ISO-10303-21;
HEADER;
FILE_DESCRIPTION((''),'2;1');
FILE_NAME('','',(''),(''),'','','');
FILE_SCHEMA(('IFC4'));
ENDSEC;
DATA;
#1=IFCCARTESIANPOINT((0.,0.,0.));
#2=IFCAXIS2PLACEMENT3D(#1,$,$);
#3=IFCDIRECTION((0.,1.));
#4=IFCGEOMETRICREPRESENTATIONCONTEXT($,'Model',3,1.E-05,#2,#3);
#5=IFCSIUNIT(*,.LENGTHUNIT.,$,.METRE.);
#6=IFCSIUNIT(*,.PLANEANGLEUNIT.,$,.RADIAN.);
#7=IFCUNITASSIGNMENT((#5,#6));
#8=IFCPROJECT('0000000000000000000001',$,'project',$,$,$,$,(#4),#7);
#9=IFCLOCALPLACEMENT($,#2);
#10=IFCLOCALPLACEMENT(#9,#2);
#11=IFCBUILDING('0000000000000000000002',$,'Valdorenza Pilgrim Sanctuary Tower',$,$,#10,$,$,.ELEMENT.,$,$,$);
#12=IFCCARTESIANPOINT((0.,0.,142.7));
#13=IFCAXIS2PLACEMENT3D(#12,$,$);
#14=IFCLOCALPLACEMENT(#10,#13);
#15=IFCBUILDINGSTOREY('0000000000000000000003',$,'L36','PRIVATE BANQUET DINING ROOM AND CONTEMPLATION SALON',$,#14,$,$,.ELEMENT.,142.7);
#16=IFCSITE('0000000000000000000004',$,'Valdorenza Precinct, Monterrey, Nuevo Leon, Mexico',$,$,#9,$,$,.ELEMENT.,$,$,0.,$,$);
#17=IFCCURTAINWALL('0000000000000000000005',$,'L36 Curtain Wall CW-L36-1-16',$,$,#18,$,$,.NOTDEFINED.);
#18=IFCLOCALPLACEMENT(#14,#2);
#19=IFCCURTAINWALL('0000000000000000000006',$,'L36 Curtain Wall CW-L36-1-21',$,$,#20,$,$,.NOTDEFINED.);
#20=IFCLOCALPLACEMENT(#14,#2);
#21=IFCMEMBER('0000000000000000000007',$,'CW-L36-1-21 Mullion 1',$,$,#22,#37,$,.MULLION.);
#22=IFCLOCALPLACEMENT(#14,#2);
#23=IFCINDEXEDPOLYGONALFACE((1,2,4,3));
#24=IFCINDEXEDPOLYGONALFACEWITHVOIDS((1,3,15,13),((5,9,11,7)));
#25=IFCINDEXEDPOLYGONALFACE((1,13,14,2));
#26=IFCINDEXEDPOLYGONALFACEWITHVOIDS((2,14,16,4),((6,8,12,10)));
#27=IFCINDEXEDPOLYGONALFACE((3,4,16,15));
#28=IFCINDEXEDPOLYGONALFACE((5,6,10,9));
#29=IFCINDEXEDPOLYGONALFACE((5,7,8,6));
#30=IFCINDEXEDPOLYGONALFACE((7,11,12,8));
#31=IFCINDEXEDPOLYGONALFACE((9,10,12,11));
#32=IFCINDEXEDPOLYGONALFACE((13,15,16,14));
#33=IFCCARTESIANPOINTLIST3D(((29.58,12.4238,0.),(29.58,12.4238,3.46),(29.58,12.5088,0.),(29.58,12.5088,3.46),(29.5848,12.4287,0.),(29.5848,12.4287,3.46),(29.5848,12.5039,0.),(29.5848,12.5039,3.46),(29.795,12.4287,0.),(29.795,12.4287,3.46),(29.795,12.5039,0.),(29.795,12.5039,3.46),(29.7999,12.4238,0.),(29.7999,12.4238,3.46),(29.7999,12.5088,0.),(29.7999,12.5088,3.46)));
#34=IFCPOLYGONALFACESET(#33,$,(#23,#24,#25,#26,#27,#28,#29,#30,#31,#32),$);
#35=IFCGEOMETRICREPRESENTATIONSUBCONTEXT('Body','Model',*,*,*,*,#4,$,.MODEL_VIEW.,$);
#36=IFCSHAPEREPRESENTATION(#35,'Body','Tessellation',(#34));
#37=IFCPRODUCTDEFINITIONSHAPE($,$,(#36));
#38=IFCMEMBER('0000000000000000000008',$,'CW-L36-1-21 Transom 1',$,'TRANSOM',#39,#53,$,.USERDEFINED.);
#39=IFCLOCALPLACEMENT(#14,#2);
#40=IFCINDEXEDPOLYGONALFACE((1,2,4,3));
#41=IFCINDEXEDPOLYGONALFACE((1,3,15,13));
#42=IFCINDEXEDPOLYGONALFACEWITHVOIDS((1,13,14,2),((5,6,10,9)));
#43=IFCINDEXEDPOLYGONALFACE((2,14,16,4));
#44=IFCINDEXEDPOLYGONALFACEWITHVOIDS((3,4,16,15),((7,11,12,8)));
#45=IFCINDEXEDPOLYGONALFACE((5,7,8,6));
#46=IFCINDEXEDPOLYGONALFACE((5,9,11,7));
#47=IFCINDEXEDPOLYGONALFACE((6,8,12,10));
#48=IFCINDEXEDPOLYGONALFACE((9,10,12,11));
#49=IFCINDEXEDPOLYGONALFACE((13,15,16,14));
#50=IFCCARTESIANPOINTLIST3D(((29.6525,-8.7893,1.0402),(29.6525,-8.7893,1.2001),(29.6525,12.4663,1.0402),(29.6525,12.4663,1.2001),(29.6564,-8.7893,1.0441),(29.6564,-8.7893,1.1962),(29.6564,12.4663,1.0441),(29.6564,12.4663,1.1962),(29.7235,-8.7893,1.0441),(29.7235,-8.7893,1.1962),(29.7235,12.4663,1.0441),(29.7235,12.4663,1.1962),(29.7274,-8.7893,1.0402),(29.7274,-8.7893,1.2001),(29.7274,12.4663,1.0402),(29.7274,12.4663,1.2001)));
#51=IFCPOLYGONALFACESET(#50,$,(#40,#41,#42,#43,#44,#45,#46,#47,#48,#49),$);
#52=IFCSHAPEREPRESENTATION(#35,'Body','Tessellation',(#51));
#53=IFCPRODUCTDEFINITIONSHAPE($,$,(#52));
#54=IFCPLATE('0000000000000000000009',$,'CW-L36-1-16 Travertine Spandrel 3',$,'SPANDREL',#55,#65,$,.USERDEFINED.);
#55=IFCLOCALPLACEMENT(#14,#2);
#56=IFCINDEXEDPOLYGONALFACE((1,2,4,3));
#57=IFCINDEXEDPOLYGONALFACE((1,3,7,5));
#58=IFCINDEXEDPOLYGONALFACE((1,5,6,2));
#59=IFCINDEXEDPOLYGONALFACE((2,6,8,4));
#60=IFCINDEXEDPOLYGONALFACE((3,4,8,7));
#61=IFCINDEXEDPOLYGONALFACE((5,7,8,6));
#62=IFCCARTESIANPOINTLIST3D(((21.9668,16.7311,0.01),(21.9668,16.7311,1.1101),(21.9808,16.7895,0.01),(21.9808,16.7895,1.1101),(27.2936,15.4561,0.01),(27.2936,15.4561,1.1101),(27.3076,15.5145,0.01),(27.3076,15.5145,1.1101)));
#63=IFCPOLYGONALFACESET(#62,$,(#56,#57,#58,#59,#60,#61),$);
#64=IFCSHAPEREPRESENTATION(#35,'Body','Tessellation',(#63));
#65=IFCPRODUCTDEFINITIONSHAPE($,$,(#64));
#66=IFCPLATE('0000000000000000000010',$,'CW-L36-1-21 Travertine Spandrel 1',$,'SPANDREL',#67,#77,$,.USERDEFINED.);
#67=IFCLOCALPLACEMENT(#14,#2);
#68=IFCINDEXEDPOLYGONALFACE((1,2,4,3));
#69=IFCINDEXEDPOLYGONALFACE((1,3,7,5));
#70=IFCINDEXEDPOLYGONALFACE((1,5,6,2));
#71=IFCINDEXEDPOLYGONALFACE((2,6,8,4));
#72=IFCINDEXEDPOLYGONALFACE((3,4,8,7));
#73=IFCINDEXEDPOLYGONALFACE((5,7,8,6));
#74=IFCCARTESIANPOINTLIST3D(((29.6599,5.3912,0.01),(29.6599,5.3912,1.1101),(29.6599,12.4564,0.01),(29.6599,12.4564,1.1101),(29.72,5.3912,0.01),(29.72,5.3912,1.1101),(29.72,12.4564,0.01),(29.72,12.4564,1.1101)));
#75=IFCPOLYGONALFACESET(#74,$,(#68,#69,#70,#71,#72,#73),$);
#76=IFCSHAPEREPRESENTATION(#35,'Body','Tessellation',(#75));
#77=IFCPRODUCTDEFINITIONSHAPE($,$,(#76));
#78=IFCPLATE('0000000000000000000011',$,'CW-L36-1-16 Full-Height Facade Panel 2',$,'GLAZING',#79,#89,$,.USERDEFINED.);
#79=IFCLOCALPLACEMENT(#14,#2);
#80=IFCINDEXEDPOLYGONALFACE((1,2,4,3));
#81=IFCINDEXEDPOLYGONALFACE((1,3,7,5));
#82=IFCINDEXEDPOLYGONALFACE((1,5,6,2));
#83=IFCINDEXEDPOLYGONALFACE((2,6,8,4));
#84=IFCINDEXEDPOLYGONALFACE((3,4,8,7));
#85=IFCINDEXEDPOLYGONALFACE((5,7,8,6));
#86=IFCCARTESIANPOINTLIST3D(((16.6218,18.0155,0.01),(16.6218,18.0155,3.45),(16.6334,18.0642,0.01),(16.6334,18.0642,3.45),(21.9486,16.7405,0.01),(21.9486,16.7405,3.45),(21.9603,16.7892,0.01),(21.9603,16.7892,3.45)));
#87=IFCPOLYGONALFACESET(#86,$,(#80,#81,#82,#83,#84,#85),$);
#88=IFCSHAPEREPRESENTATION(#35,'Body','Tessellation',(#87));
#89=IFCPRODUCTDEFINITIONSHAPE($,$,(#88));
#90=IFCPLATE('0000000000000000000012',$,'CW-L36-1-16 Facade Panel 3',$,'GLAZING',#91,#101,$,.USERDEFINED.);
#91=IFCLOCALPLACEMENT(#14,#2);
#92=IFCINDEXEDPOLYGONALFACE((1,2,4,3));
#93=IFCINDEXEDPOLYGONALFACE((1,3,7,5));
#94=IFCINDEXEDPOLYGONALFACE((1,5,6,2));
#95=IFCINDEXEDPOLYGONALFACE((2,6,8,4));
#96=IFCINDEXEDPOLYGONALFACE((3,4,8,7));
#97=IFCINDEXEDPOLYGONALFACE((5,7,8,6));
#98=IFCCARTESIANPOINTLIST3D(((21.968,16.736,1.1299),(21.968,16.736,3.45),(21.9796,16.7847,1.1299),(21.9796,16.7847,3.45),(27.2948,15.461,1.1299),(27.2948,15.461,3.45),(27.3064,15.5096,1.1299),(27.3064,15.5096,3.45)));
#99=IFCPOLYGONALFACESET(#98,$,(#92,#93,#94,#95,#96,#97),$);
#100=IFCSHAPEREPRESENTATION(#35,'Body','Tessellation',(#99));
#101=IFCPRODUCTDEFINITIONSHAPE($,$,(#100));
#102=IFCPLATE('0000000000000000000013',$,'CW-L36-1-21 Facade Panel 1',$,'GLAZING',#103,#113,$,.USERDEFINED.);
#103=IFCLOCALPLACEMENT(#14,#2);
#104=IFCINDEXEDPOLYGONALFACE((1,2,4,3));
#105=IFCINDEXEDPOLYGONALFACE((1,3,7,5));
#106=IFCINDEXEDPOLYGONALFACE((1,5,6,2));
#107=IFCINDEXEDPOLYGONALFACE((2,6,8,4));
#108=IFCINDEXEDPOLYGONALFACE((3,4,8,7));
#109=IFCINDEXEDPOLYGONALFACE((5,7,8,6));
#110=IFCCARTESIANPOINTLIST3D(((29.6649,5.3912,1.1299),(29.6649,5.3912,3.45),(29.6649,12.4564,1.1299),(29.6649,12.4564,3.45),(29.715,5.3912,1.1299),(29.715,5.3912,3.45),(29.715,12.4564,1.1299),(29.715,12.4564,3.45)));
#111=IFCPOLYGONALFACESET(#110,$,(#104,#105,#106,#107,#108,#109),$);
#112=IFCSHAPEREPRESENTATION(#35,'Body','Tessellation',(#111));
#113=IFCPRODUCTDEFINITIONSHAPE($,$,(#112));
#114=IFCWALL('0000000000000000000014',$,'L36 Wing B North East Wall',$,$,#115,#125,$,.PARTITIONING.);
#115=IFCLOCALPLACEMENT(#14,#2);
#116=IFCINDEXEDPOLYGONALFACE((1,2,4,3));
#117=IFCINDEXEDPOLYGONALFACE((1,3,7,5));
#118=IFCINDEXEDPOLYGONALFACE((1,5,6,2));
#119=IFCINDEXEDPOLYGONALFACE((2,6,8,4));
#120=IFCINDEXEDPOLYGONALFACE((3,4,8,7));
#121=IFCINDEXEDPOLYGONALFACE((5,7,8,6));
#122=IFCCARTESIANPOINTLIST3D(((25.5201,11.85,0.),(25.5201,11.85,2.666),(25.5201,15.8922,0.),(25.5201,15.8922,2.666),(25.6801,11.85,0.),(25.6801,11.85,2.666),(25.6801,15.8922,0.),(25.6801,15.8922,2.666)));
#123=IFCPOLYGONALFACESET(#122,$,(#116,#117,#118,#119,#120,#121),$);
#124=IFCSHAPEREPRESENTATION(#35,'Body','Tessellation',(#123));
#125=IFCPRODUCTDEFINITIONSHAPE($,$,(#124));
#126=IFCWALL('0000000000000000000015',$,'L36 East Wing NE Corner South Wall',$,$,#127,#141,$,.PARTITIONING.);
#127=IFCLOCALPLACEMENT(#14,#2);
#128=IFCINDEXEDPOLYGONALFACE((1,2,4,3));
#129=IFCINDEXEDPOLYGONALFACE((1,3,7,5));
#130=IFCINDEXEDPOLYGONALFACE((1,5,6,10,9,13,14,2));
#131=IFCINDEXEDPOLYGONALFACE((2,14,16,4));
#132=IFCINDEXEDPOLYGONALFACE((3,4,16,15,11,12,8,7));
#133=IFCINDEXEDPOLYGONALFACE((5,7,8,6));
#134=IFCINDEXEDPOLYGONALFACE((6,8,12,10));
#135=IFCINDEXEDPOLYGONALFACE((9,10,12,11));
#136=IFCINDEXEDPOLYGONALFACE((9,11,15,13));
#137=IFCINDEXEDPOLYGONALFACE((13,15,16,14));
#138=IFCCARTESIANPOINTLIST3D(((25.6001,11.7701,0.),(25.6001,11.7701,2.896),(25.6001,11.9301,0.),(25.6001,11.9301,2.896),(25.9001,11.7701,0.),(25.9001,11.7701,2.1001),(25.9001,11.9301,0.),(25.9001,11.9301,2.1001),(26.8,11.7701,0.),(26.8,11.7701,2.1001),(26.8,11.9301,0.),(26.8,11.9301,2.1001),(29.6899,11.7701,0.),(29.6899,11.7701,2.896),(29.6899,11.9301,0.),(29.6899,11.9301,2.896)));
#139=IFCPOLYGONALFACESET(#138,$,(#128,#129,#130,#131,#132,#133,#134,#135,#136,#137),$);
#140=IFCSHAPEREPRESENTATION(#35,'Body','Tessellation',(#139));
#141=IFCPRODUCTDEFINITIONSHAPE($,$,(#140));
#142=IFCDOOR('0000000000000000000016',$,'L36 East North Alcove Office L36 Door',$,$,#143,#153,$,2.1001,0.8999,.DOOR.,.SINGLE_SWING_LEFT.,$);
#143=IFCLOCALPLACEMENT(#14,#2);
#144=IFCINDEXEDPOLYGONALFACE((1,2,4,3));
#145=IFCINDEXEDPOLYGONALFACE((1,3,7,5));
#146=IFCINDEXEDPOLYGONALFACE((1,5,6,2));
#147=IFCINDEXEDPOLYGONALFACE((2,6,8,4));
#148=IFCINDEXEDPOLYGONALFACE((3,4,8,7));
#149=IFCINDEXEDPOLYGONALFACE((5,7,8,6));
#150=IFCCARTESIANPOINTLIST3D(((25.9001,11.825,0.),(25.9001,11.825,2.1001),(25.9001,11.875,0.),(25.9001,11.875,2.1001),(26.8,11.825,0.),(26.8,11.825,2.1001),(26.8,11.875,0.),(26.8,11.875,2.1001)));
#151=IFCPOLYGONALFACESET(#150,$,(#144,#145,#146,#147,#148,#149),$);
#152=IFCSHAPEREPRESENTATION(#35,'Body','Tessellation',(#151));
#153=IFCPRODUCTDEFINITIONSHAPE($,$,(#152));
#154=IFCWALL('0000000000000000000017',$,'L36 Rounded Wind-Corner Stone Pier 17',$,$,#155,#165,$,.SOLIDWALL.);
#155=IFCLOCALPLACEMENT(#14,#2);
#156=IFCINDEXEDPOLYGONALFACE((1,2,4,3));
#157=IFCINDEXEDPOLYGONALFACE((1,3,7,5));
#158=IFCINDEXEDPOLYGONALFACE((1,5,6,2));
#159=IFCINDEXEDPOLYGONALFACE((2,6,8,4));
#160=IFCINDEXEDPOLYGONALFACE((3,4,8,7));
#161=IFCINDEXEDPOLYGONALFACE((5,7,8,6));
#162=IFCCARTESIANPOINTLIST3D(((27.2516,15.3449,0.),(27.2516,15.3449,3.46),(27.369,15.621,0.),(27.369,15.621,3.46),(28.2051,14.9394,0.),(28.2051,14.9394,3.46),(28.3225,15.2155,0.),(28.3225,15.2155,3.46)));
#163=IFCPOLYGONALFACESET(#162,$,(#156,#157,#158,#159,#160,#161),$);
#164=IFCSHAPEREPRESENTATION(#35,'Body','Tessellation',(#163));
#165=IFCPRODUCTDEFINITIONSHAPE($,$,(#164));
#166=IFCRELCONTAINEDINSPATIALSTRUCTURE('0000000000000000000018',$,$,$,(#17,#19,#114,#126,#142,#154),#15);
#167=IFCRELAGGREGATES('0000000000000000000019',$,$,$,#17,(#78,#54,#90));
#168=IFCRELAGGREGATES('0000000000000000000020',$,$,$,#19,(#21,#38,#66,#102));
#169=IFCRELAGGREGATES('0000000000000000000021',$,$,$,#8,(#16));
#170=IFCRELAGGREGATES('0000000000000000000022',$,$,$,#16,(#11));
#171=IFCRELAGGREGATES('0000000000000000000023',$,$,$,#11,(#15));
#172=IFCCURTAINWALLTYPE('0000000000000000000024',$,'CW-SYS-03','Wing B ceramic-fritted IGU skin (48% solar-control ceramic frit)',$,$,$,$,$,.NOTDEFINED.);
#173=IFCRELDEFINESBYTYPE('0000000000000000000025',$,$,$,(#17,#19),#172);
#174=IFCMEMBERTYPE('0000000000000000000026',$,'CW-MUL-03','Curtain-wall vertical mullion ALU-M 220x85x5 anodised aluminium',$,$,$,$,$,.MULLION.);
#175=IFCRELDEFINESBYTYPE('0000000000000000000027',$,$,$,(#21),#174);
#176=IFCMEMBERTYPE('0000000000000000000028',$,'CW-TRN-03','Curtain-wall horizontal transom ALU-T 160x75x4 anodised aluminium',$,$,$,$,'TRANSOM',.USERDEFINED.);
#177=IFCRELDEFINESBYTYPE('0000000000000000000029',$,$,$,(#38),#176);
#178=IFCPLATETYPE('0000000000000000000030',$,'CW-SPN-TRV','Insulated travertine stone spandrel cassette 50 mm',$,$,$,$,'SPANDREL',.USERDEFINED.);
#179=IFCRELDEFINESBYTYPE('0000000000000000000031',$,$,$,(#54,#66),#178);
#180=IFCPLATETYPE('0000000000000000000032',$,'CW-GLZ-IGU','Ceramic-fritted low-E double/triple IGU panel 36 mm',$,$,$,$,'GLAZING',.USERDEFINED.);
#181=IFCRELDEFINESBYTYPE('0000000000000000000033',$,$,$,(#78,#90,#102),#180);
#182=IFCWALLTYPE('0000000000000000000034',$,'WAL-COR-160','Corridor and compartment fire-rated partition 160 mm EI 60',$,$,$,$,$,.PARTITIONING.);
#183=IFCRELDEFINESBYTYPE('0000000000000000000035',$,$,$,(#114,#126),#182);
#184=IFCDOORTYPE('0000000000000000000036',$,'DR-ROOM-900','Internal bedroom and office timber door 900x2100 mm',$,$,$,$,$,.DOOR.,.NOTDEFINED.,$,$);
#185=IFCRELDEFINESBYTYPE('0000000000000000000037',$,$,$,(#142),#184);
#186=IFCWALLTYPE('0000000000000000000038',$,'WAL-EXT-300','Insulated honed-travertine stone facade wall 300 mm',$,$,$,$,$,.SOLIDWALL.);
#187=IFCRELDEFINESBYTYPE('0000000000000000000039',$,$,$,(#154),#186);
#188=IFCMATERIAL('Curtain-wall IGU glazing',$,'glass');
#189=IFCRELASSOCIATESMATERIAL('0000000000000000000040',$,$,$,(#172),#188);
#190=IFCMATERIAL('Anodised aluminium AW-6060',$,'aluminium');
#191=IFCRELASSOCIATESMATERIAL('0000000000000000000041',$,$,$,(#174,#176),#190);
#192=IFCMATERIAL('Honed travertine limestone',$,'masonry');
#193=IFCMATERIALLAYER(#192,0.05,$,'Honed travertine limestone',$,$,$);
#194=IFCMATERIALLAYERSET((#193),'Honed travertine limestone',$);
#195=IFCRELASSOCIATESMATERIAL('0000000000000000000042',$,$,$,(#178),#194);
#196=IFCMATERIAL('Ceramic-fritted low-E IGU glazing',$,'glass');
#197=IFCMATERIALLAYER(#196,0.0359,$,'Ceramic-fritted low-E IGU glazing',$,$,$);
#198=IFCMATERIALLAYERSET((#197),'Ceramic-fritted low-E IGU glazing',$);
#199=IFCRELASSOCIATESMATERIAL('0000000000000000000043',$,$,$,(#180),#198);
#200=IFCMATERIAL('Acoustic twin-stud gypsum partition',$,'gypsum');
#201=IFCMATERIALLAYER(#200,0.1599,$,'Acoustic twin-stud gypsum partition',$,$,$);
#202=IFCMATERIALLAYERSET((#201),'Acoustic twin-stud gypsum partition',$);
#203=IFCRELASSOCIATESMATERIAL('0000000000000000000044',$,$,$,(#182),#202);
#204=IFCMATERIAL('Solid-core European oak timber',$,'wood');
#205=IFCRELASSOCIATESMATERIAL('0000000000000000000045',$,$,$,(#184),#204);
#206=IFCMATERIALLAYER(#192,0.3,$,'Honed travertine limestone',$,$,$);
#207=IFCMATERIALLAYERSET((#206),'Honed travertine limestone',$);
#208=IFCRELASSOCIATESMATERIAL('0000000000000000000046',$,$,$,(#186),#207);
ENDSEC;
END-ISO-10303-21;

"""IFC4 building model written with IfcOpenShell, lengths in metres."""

from ifc_helpers import new_model, si_unit, direction, frame, frame_2d, origin, origin_2d, place, context, subcontext, project, spatial, rectangle, hollow_rectangle, extrude, source, transform, mapped, material, layer, layer_set, material_profile, profile_set, type_object, element, fill, aggregate, save


model = new_model("IFC4")

# Units and contexts
model_context = context("Model", 3, precision=1e-05, world=origin(), true_north=direction((0.0, 1.0)))
body_context = subcontext(model_context, "Body", "Model", "MODEL_VIEW")
ifc_project = project(units=[si_unit("LENGTHUNIT", "METRE"), si_unit("PLANEANGLEUNIT", "RADIAN")], contexts=[model_context])

# Site, building, storey
site_placement = place(None, origin())
site = spatial("IfcSite", under=ifc_project, at=site_placement, Name="Valdorenza Precinct, Monterrey, Nuevo Leon, Mexico", CompositionType="ELEMENT", RefElevation=0.0)
building_placement = place(site_placement, origin())
building = spatial("IfcBuilding", under=site, at=building_placement, Name="Valdorenza Pilgrim Sanctuary Tower", CompositionType="ELEMENT")
storey_placement = place(building_placement, frame((0.0, 0.0, 142.7)))
storey = spatial("IfcBuildingStorey", under=building, at=storey_placement, Name="L36", Description="PRIVATE BANQUET DINING ROOM AND CONTEMPLATION SALON", CompositionType="ELEMENT", Elevation=142.7)

# Curtain walls, members
ifc_material_1 = material(Name="Curtain-wall IGU glazing", Category="glass")
curtain_wall_type = type_object("IfcCurtainWallType", Name="CW-SYS-03", Description="Wing B ceramic-fritted IGU skin (48% solar-control ceramic frit)", PredefinedType="NOTDEFINED", material=ifc_material_1)
curtain_wall_1_placement = place(storey_placement, origin())
curtain_wall_1 = element("IfcCurtainWall", 1, at=curtain_wall_1_placement, inside=storey, type_object=curtain_wall_type, Name="L36 Curtain Wall CW-L36-1-16", PredefinedType="NOTDEFINED")
ifc_material_2 = material(Name="Anodised aluminium AW-6060", Category="aluminium")
ifc_material_profile_1 = material_profile(ifc_material_2, hollow_rectangle(XDim=0.085, YDim=0.22, WallThickness=0.0049, at=origin_2d()), Name="ALU-M 220x85x5")
ifc_profile_set_1 = profile_set([ifc_material_profile_1], Name="Anodised aluminium AW-6060")
member_type_1 = type_object("IfcMemberType", Name="CW-MUL-03", Description="Curtain-wall vertical mullion ALU-M 220x85x5 anodised aluminium", PredefinedType="MULLION", material=ifc_profile_set_1)
shared_shape_1 = source(origin(), body_context, "Body", "SweptSolid", [
    extrude(hollow_rectangle(XDim=0.085, YDim=0.22, WallThickness=0.0049, at=origin_2d()), origin(), (0.0, 0.0, 1.0), 3.46),
])
curtain_wall_2_placement = place(storey_placement, origin())
curtain_wall_2 = element("IfcCurtainWall", 2, at=curtain_wall_2_placement, inside=storey, type_object=curtain_wall_type, Name="L36 Curtain Wall CW-L36-1-21", PredefinedType="NOTDEFINED")
member_1_placement = place(storey_placement, frame((29.6899, 12.4663, 0.0), z_axis=(0.0, 0.0, 1.0), x_axis=(0.0, -1.0, 0.0)))
member_1 = element("IfcMember", 3, at=member_1_placement, type_object=member_type_1, Name="CW-L36-1-21 Mullion 1", PredefinedType="MULLION", context=body_context, shape_type="MappedRepresentation", body=[
    mapped(shared_shape_1, transform((0.0, 0.0, 0.0), x_axis=(1.0, 0.0, 0.0), y_axis=(0.0, 1.0, 0.0), z_axis=(0.0, 0.0, 1.0), scale=1.0)),
])
ifc_material_profile_2 = material_profile(ifc_material_2, hollow_rectangle(XDim=0.075, YDim=0.1599, WallThickness=0.0039, at=origin_2d()), Name="ALU-T 160x75x4")
ifc_profile_set_2 = profile_set([ifc_material_profile_2], Name="Anodised aluminium AW-6060")
member_type_2 = type_object("IfcMemberType", Name="CW-TRN-03", Description="Curtain-wall horizontal transom ALU-T 160x75x4 anodised aluminium", ElementType="TRANSOM", PredefinedType="USERDEFINED", material=ifc_profile_set_2)
shared_shape_2 = source(origin(), body_context, "Body", "SweptSolid", [
    extrude(hollow_rectangle(XDim=0.075, YDim=0.1599, WallThickness=0.0039, at=origin_2d()), origin(), (0.0, 0.0, 1.0), 21.2556),
])
member_2_placement = place(storey_placement, frame((29.6899, 12.4663, 1.1201), z_axis=(0.0, -1.0, 0.0), x_axis=(1.0, 0.0, 0.0)))
member_2 = element("IfcMember", 4, at=member_2_placement, type_object=member_type_2, Name="CW-L36-1-21 Transom 1", ObjectType="TRANSOM", PredefinedType="USERDEFINED", context=body_context, shape_type="MappedRepresentation", body=[
    mapped(shared_shape_2, transform((0.0, 0.0, 0.0), x_axis=(1.0, 0.0, 0.0), y_axis=(0.0, 1.0, 0.0), z_axis=(0.0, 0.0, 1.0), scale=1.0)),
])

# Plates
ifc_material_3 = material(Name="Honed travertine limestone", Category="masonry")
ifc_layer_1 = layer(ifc_material_3, 0.05, Name="Honed travertine limestone")
ifc_layer_set_1 = layer_set([ifc_layer_1], Name="Honed travertine limestone")
plate_type_1 = type_object("IfcPlateType", Name="CW-SPN-TRV", Description="Insulated travertine stone spandrel cassette 50 mm", ElementType="SPANDREL", PredefinedType="USERDEFINED", material=ifc_layer_set_1)
shared_shape_3 = source(origin(), body_context, "Body", "SweptSolid", [
    extrude(rectangle(XDim=5.4773, YDim=0.0601, at=origin_2d()), origin(), (0.0, 0.0, 1.0), 1.1001),
])
plate_1_placement = place(storey_placement, frame((24.6372, 16.1228, 0.01), z_axis=(0.0, 0.0, 1.0), x_axis=(0.972529, -0.232783, 0.0)))
plate_1 = element("IfcPlate", 5, at=plate_1_placement, type_object=plate_type_1, Name="CW-L36-1-16 Travertine Spandrel 3", ObjectType="SPANDREL", PredefinedType="USERDEFINED", context=body_context, shape_type="MappedRepresentation", body=[
    mapped(shared_shape_3, transform((0.0, 0.0, 0.0), x_axis=(1.0, 0.0, 0.0), y_axis=(0.0, 1.0, 0.0), z_axis=(0.0, 0.0, 1.0), scale=1.0)),
])
shared_shape_4 = source(origin(), body_context, "Body", "SweptSolid", [
    extrude(rectangle(XDim=7.0652, YDim=0.0601, at=origin_2d()), origin(), (0.0, 0.0, 1.0), 1.1001),
])
plate_2_placement = place(storey_placement, frame((29.6899, 8.9238, 0.01), z_axis=(0.0, 0.0, 1.0), x_axis=(0.0, -1.0, 0.0)))
plate_2 = element("IfcPlate", 6, at=plate_2_placement, type_object=plate_type_1, Name="CW-L36-1-21 Travertine Spandrel 1", ObjectType="SPANDREL", PredefinedType="USERDEFINED", context=body_context, shape_type="MappedRepresentation", body=[
    mapped(shared_shape_4, transform((0.0, 0.0, 0.0), x_axis=(1.0, 0.0, 0.0), y_axis=(0.0, 1.0, 0.0), z_axis=(0.0, 0.0, 1.0), scale=1.0)),
])
ifc_material_4 = material(Name="Ceramic-fritted low-E IGU glazing", Category="glass")
ifc_layer_2 = layer(ifc_material_4, 0.0359, Name="Ceramic-fritted low-E IGU glazing")
ifc_layer_set_2 = layer_set([ifc_layer_2], Name="Ceramic-fritted low-E IGU glazing")
plate_type_2 = type_object("IfcPlateType", Name="CW-GLZ-IGU", Description="Ceramic-fritted low-E double/triple IGU panel 36 mm", ElementType="GLAZING", PredefinedType="USERDEFINED", material=ifc_layer_set_2)
shared_shape_5 = source(origin(), body_context, "Body", "SweptSolid", [
    extrude(rectangle(XDim=5.4773, YDim=0.05, at=origin_2d()), origin(), (0.0, 0.0, 1.0), 3.4399),
])
plate_3_placement = place(storey_placement, frame((19.291, 17.4023, 0.01), z_axis=(0.0, 0.0, 1.0), x_axis=(0.972529, -0.232783, 0.0)))
plate_3 = element("IfcPlate", 7, at=plate_3_placement, type_object=plate_type_2, Name="CW-L36-1-16 Full-Height Facade Panel 2", ObjectType="GLAZING", PredefinedType="USERDEFINED", context=body_context, shape_type="MappedRepresentation", body=[
    mapped(shared_shape_5, transform((0.0, 0.0, 0.0), x_axis=(1.0, 0.0, 0.0), y_axis=(0.0, 1.0, 0.0), z_axis=(0.0, 0.0, 1.0), scale=1.0)),
])
shared_shape_6 = source(origin(), body_context, "Body", "SweptSolid", [
    extrude(rectangle(XDim=5.4773, YDim=0.05, at=origin_2d()), origin(), (0.0, 0.0, 1.0), 2.3201),
])
plate_4_placement = place(storey_placement, frame((24.6372, 16.1228, 1.1299), z_axis=(0.0, 0.0, 1.0), x_axis=(0.972529, -0.232783, 0.0)))
plate_4 = element("IfcPlate", 8, at=plate_4_placement, type_object=plate_type_2, Name="CW-L36-1-16 Facade Panel 3", ObjectType="GLAZING", PredefinedType="USERDEFINED", context=body_context, shape_type="MappedRepresentation", body=[
    mapped(shared_shape_6, transform((0.0, 0.0, 0.0), x_axis=(1.0, 0.0, 0.0), y_axis=(0.0, 1.0, 0.0), z_axis=(0.0, 0.0, 1.0), scale=1.0)),
])
aggregate(curtain_wall_1, [plate_3, plate_1, plate_4])
shared_shape_7 = source(origin(), body_context, "Body", "SweptSolid", [
    extrude(rectangle(XDim=7.0652, YDim=0.05, at=origin_2d()), origin(), (0.0, 0.0, 1.0), 2.3201),
])
plate_5_placement = place(storey_placement, frame((29.6899, 8.9238, 1.1299), z_axis=(0.0, 0.0, 1.0), x_axis=(0.0, -1.0, 0.0)))
plate_5 = element("IfcPlate", 9, at=plate_5_placement, type_object=plate_type_2, Name="CW-L36-1-21 Facade Panel 1", ObjectType="GLAZING", PredefinedType="USERDEFINED", context=body_context, shape_type="MappedRepresentation", body=[
    mapped(shared_shape_7, transform((0.0, 0.0, 0.0), x_axis=(1.0, 0.0, 0.0), y_axis=(0.0, 1.0, 0.0), z_axis=(0.0, 0.0, 1.0), scale=1.0)),
])
aggregate(curtain_wall_2, [member_1, member_2, plate_2, plate_5])

# Wall
ifc_material_5 = material(Name="Acoustic twin-stud gypsum partition", Category="gypsum")
ifc_layer_3 = layer(ifc_material_5, 0.1599, Name="Acoustic twin-stud gypsum partition")
ifc_layer_set_3 = layer_set([ifc_layer_3], Name="Acoustic twin-stud gypsum partition")
wall_type_1 = type_object("IfcWallType", Name="WAL-COR-160", Description="Corridor and compartment fire-rated partition 160 mm EI 60", PredefinedType="PARTITIONING", material=ifc_layer_set_3)
wall_1_placement = place(storey_placement, frame((25.6001, 11.8501, 0.0), z_axis=(0.0, 0.0, 1.0), x_axis=(0.0, 1.0, 0.0)))
element("IfcWall", 10, at=wall_1_placement, inside=storey, type_object=wall_type_1, Name="L36 Wing B North East Wall", PredefinedType="PARTITIONING", context=body_context, shape_type="SweptSolid", body=[
    extrude(rectangle(XDim=4.0422, YDim=0.1599, at=frame_2d((2.021, 0.0))), origin(), (0.0, 0.0, 1.0), 2.666),
])

# Wall, opening, door
wall_2_placement = place(storey_placement, frame((25.6001, 11.8501, 0.0), z_axis=(0.0, 0.0, 1.0), x_axis=(1.0, 0.0, 0.0)))
wall_2 = element("IfcWall", 11, at=wall_2_placement, inside=storey, type_object=wall_type_1, Name="L36 East Wing NE Corner South Wall", PredefinedType="PARTITIONING", context=body_context, shape_type="SweptSolid", body=[
    extrude(rectangle(XDim=4.0898, YDim=0.1599, at=frame_2d((2.0449, 0.0))), origin(), (0.0, 0.0, 1.0), 2.896),
])
opening_placement = place(wall_2_placement, frame((0.3, 0.0, 0.0)))
opening = element("IfcOpeningElement", 12, at=opening_placement, cuts=wall_2, PredefinedType="OPENING", context=body_context, shape_type="SweptSolid", body=[
    extrude(rectangle(XDim=0.8999, YDim=2.1001, at=frame_2d((0.45, 1.05))), frame((0.0, 0.0947, 0.0), z_axis=(0.0, -1.0, 0.0), x_axis=(1.0, 0.0, 0.0)), (0.0, 0.0, 1.0), 0.1897),
])
ifc_material_6 = material(Name="Solid-core European oak timber", Category="wood")
door_type = type_object("IfcDoorType", Name="DR-ROOM-900", Description="Internal bedroom and office timber door 900x2100 mm", OperationType="NOTDEFINED", PredefinedType="DOOR", material=ifc_material_6)
door_placement = place(opening_placement, origin())
door = element("IfcDoor", 13, at=door_placement, inside=storey, type_object=door_type, Name="L36 East North Alcove Office L36 Door", OperationType="SINGLE_SWING_LEFT", OverallHeight=2.1001, OverallWidth=0.8999, PredefinedType="DOOR", context=body_context, shape_type="SweptSolid", body=[
    extrude(rectangle(XDim=0.8999, YDim=2.1001, at=frame_2d((0.45, 1.05))), frame((0.0, 0.0249, 0.0), z_axis=(0.0, -1.0, 0.0), x_axis=(1.0, 0.0, 0.0)), (0.0, 0.0, 1.0), 0.05),
])
fill(opening, door)

# Wall
ifc_layer_4 = layer(ifc_material_3, 0.3, Name="Honed travertine limestone")
ifc_layer_set_4 = layer_set([ifc_layer_4], Name="Honed travertine limestone")
wall_type_2 = type_object("IfcWallType", Name="WAL-EXT-300", Description="Insulated honed-travertine stone facade wall 300 mm", PredefinedType="SOLIDWALL", material=ifc_layer_set_4)
wall_3_placement = place(storey_placement, frame((27.3103, 15.4829, 0.0), z_axis=(0.0, 0.0, 1.0), x_axis=(0.92025, -0.39133, 0.0)))
element("IfcWall", 14, at=wall_3_placement, inside=storey, type_object=wall_type_2, Name="L36 Rounded Wind-Corner Stone Pier 17", PredefinedType="SOLIDWALL", context=body_context, shape_type="SweptSolid", body=[
    extrude(rectangle(XDim=1.0361, YDim=0.3, at=frame_2d((0.5181, 0.0))), origin(), (0.0, 0.0, 1.0), 3.46),
])

save(model, "model.ifc")
